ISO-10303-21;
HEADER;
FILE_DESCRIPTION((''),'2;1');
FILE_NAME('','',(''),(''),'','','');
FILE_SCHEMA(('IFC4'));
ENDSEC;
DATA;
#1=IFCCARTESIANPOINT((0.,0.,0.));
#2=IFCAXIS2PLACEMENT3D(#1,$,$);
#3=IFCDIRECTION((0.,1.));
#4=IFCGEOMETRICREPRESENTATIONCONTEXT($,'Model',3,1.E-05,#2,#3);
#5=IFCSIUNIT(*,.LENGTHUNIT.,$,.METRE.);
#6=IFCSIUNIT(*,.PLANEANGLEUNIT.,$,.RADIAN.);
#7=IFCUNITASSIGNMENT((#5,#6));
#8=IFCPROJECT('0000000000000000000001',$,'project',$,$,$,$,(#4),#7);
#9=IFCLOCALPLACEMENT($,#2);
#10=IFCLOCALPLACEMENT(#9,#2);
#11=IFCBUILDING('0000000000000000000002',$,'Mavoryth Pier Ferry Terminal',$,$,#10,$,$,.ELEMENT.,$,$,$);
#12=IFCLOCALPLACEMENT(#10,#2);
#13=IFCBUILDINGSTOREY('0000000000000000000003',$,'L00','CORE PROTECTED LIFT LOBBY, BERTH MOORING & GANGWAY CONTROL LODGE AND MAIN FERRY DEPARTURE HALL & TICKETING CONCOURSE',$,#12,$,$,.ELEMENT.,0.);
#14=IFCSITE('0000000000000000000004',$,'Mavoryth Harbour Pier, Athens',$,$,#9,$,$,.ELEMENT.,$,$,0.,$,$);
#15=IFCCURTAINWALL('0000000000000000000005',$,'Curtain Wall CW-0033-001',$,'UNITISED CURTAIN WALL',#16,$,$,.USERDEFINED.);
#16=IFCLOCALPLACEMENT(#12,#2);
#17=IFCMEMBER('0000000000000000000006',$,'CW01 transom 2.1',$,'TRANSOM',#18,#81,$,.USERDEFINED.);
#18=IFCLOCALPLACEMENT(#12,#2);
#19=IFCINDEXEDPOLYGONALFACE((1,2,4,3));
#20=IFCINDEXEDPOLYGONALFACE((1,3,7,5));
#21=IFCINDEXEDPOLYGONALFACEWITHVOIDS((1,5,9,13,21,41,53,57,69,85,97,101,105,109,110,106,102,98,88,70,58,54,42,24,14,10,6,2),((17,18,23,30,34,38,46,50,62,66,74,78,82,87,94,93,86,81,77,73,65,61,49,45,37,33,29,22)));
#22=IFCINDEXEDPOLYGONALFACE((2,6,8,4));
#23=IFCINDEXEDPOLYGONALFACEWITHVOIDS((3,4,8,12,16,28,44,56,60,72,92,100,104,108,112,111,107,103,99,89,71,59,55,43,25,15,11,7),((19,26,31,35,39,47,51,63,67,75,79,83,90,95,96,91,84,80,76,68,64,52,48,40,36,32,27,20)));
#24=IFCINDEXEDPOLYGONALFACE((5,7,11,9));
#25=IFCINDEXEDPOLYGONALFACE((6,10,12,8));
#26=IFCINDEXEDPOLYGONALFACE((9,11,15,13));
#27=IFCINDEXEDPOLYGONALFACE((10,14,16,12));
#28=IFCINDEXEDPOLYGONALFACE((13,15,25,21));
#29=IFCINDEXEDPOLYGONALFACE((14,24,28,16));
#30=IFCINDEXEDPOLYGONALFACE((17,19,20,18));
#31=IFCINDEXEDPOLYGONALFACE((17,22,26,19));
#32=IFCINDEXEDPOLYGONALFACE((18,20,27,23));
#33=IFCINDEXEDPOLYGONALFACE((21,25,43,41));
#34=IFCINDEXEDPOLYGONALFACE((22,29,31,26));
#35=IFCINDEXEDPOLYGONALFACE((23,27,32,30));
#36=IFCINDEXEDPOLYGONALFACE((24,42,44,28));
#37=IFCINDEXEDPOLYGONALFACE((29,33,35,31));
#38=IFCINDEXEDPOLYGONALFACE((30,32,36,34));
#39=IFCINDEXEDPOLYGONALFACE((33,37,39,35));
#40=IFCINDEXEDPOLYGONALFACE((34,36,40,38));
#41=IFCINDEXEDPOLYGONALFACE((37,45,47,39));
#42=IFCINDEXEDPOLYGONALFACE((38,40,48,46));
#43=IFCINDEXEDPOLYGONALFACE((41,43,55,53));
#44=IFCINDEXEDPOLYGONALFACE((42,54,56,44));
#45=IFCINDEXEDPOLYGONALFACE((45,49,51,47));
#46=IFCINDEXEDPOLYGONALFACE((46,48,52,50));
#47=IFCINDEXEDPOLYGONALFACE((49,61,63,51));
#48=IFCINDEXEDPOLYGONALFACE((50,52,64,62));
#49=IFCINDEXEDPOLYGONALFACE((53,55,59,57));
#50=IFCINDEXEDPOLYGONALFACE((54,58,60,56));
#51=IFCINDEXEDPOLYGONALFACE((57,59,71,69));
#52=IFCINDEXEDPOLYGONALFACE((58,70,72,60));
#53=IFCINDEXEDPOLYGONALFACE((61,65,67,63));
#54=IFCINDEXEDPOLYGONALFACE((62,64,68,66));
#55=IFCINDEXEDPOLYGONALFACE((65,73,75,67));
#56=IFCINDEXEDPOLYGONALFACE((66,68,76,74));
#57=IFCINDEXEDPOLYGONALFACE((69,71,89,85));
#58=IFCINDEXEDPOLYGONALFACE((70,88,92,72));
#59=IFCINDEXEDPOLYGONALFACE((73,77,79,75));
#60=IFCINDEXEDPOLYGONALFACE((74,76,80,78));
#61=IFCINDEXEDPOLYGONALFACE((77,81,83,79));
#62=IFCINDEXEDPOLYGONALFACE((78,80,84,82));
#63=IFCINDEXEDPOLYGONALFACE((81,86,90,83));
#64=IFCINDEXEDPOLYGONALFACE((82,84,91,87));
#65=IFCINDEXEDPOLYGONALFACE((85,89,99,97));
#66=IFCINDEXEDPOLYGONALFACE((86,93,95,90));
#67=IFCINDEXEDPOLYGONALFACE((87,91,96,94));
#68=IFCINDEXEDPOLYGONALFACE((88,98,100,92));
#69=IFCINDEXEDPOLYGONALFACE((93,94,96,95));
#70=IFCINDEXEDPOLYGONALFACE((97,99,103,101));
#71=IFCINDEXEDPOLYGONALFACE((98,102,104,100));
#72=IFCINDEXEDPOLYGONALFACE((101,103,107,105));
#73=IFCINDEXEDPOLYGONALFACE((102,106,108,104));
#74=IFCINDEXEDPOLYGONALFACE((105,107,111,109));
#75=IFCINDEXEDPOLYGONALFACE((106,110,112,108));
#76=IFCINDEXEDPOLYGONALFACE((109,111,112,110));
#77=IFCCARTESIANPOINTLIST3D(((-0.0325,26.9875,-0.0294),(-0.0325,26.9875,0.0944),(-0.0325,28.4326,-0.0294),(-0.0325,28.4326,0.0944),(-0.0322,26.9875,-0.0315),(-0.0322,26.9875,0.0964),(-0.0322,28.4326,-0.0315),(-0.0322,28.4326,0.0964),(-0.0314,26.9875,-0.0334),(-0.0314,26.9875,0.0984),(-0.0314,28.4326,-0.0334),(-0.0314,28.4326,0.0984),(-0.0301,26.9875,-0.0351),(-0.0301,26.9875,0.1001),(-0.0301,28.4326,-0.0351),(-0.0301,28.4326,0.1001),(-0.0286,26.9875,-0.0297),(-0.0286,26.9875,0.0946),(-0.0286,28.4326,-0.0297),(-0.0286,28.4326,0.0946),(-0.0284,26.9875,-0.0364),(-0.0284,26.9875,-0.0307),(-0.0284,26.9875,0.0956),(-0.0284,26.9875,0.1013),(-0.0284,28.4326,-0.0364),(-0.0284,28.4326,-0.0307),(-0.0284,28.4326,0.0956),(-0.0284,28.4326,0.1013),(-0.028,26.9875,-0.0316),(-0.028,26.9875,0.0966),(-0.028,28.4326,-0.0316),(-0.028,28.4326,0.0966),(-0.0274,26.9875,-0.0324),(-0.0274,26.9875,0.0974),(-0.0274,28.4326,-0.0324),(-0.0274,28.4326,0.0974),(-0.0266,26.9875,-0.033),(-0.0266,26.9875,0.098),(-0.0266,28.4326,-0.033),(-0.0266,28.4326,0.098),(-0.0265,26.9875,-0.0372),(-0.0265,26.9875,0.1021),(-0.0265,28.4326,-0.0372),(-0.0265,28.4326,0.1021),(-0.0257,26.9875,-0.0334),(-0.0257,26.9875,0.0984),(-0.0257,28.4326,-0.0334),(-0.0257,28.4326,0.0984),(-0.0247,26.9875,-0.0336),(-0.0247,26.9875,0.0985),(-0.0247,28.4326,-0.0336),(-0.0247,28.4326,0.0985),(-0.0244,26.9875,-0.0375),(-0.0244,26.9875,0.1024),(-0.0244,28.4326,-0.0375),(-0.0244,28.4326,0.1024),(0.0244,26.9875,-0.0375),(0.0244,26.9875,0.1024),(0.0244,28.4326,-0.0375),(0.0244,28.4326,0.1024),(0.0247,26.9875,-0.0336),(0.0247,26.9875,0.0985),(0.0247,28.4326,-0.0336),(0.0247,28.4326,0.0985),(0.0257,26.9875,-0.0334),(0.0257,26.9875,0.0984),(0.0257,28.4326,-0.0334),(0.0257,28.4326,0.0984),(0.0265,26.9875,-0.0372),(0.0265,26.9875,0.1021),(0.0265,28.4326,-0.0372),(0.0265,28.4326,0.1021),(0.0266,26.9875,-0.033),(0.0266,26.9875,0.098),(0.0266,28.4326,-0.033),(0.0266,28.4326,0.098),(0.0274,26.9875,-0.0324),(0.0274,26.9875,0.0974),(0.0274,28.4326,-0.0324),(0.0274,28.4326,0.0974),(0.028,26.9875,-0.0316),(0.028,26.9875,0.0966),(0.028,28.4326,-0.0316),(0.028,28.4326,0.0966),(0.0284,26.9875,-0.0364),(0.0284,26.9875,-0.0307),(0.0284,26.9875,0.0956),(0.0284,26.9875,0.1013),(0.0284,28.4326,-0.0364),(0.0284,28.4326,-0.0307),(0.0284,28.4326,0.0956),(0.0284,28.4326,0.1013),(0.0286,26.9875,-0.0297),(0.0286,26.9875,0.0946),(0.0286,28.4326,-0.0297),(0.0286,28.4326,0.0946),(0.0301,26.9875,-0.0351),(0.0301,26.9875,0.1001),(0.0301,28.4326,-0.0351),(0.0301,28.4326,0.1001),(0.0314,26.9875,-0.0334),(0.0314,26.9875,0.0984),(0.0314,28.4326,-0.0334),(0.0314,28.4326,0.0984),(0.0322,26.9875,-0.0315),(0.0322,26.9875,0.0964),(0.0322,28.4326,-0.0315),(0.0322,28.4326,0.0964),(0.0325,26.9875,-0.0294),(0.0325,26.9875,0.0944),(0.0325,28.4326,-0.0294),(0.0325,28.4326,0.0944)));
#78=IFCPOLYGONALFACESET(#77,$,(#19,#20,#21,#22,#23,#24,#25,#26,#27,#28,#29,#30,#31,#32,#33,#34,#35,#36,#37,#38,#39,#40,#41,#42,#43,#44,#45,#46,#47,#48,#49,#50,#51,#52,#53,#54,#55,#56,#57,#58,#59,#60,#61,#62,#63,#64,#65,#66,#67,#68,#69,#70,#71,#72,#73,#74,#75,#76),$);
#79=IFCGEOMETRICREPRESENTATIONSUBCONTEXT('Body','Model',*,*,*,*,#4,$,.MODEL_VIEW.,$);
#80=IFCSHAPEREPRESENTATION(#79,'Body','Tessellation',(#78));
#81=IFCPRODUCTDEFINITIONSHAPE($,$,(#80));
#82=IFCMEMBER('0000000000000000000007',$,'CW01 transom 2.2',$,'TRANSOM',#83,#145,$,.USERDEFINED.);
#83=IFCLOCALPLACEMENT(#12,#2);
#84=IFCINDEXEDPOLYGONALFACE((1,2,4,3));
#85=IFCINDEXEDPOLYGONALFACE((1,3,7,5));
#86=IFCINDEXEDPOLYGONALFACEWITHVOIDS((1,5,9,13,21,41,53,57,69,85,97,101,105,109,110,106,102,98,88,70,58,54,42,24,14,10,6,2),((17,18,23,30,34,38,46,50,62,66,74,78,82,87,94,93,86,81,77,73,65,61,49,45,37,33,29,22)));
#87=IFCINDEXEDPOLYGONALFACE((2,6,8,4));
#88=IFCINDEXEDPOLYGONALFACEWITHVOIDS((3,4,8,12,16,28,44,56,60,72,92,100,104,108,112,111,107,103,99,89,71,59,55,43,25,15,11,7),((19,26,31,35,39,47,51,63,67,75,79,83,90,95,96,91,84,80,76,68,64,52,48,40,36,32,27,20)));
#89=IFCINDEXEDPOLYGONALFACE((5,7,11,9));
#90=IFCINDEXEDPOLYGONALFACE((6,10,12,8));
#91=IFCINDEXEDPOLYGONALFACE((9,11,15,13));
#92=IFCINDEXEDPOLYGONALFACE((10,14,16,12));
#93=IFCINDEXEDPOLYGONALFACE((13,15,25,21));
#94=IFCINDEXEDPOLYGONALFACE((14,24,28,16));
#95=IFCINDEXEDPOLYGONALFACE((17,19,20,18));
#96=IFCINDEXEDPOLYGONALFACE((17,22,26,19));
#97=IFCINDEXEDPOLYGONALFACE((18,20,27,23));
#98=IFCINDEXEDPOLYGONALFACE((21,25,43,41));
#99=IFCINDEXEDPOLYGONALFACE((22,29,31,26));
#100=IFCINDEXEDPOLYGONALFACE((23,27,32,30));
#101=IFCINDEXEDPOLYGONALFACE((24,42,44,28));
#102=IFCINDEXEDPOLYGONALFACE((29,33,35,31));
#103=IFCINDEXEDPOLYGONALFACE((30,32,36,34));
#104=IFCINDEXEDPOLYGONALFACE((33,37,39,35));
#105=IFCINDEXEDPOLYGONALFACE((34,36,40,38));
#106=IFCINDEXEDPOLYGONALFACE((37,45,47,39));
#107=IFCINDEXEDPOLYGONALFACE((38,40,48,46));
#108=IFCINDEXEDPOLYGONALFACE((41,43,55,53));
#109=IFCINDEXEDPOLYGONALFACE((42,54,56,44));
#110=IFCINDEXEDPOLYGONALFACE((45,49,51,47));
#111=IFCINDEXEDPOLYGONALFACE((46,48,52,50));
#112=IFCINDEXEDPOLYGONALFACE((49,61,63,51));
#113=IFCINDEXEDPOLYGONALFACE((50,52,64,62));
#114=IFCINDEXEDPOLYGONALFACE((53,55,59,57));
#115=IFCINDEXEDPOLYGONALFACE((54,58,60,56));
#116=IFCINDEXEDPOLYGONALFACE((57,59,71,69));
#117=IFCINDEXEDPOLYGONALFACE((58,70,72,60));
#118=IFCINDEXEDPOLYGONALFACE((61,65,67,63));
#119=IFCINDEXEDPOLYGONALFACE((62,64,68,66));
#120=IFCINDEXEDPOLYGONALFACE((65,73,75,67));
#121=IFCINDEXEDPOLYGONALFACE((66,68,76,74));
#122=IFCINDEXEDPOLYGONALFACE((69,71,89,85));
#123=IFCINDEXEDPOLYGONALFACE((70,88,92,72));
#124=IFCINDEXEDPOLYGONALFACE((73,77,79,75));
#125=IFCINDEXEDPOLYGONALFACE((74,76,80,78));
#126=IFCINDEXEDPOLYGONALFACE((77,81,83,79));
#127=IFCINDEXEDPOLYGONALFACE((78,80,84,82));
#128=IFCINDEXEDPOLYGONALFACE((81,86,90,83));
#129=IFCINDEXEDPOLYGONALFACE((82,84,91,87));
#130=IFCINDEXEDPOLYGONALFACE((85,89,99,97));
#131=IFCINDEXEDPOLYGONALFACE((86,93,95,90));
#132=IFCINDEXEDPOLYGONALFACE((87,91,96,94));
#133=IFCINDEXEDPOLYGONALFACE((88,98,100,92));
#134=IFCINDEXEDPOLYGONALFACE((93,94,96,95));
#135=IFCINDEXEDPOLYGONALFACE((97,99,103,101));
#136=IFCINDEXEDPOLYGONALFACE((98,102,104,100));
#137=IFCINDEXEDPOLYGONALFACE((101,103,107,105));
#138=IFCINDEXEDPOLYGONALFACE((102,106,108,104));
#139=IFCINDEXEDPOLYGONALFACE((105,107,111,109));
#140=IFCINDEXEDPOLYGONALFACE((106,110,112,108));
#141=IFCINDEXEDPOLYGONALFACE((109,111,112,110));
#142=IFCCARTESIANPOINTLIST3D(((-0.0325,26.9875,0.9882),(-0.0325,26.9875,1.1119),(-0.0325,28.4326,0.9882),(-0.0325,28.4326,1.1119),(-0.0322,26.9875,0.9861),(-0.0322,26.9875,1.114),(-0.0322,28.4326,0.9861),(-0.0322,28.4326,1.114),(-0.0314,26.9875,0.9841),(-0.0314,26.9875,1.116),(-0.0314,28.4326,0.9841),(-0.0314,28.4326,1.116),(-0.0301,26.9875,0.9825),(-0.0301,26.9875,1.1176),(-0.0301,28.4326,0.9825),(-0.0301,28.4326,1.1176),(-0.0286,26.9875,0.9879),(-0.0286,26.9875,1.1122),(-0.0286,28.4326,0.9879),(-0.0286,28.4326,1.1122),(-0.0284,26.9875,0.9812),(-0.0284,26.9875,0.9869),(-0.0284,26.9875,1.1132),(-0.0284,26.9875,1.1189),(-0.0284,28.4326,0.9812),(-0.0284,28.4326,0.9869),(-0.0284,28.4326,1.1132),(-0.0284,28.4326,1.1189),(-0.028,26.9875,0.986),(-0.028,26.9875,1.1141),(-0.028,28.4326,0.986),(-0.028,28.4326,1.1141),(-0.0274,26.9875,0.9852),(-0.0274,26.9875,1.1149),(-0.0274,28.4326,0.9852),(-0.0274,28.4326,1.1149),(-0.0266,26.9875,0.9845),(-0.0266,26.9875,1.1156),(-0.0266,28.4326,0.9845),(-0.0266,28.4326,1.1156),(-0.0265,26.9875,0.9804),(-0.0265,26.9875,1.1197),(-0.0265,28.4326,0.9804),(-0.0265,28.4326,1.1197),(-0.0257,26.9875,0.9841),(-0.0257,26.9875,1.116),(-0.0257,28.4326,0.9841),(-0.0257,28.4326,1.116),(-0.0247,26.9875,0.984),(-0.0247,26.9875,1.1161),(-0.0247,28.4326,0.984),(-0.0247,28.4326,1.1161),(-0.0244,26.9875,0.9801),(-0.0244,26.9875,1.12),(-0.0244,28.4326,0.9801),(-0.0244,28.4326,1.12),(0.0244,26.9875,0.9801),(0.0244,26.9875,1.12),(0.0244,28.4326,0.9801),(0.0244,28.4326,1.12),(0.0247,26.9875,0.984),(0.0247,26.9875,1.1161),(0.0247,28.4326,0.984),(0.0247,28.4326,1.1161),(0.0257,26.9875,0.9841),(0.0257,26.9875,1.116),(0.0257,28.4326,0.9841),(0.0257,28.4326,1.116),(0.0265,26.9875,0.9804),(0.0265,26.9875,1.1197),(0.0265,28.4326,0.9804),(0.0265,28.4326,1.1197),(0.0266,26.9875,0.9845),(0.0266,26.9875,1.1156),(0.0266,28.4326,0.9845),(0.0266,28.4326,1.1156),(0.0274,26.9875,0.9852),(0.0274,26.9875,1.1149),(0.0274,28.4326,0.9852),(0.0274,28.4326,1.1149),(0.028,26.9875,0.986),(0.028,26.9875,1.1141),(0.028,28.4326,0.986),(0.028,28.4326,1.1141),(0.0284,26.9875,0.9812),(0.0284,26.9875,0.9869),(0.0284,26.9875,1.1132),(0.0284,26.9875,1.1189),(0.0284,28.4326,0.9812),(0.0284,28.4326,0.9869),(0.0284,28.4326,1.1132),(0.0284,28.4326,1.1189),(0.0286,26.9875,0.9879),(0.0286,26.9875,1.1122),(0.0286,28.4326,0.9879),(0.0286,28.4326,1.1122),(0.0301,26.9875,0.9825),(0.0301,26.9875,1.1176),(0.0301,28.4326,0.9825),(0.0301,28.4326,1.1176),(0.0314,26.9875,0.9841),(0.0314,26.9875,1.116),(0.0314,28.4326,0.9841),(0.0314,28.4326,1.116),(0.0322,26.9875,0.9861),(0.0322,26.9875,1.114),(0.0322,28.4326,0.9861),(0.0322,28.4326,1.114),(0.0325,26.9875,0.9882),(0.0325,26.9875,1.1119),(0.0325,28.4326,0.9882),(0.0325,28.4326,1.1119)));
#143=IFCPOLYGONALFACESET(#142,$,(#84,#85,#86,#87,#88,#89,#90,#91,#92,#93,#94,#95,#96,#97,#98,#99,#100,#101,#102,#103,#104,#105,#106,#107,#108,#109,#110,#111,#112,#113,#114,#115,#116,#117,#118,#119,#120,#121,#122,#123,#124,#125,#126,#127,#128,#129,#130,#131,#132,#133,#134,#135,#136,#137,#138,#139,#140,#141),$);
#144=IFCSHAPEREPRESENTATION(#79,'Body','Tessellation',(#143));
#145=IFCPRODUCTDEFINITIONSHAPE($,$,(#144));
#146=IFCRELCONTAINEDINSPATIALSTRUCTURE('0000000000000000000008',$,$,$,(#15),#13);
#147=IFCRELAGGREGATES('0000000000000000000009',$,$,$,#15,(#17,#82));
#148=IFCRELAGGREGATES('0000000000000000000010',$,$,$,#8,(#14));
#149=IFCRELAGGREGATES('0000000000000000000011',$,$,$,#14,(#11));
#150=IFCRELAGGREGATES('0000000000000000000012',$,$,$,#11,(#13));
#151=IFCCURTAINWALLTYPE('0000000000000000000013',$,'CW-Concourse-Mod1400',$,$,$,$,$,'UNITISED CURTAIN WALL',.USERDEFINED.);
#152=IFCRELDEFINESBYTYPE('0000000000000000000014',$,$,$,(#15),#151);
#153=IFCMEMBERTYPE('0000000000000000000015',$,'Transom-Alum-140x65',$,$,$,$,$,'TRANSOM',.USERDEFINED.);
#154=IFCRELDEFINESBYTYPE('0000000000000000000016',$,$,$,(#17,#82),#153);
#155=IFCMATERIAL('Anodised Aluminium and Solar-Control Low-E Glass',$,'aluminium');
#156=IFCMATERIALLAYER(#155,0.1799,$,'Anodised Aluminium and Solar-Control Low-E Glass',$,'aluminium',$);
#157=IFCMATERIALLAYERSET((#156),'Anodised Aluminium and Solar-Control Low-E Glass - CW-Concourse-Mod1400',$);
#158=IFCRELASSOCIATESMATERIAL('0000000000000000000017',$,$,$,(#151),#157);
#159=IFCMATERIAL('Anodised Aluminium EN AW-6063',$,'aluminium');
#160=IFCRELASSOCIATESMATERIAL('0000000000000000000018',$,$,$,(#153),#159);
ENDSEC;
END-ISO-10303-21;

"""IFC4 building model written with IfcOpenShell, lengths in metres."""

from ifc_helpers import new_model, si_unit, direction, frame, origin, origin_2d, place, context, subcontext, project, spatial, hollow_rectangle, extrude, material, layer, layer_set, material_profile, profile_set, type_object, element, aggregate, save


model = new_model("IFC4")

# Units and contexts
model_context = context("Model", 3, precision=1e-05, world=origin(), true_north=direction((0.0, 1.0)))
body_context = subcontext(model_context, "Body", "Model", "MODEL_VIEW")
ifc_project = project(units=[si_unit("LENGTHUNIT", "METRE"), si_unit("PLANEANGLEUNIT", "RADIAN")], contexts=[model_context])

# Site, building, storey
site_placement = place(None, origin())
site = spatial("IfcSite", under=ifc_project, at=site_placement, Name="Mavoryth Harbour Pier, Athens", CompositionType="ELEMENT", RefElevation=0.0)
building_placement = place(site_placement, origin())
building = spatial("IfcBuilding", under=site, at=building_placement, Name="Mavoryth Pier Ferry Terminal", CompositionType="ELEMENT")
storey_placement = place(building_placement, origin())
storey = spatial("IfcBuildingStorey", under=building, at=storey_placement, Name="L00", Description="CORE PROTECTED LIFT LOBBY, BERTH MOORING & GANGWAY CONTROL LODGE AND MAIN FERRY DEPARTURE HALL & TICKETING CONCOURSE", CompositionType="ELEMENT", Elevation=0.0)

# Curtain wall, members
ifc_material_1 = material(Name="Anodised Aluminium and Solar-Control Low-E Glass", Category="aluminium")
ifc_layer_1 = layer(ifc_material_1, 0.1799, Name="Anodised Aluminium and Solar-Control Low-E Glass", Category="aluminium")
ifc_layer_set_1 = layer_set([ifc_layer_1], Name="Anodised Aluminium and Solar-Control Low-E Glass - CW-Concourse-Mod1400")
curtain_wall_type = type_object("IfcCurtainWallType", Name="CW-Concourse-Mod1400", ElementType="UNITISED CURTAIN WALL", PredefinedType="USERDEFINED", material=ifc_layer_set_1)
curtain_wall_placement = place(storey_placement, origin())
curtain_wall = element("IfcCurtainWall", 1, at=curtain_wall_placement, inside=storey, type_object=curtain_wall_type, Name="Curtain Wall CW-0033-001", ObjectType="UNITISED CURTAIN WALL", PredefinedType="USERDEFINED")
ifc_material_2 = material(Name="Anodised Aluminium EN AW-6063", Category="aluminium")
ifc_material_profile_1 = material_profile(ifc_material_2, hollow_rectangle(XDim=0.0649, YDim=0.1399, WallThickness=0.0039, InnerFilletRadius=0.0039, OuterFilletRadius=0.0081, at=origin_2d()), Name="AL-TRAN 140x65x4", Category="aluminium")
ifc_profile_set_1 = profile_set([ifc_material_profile_1], Name="Anodised Aluminium EN AW-6063 - AL-TRAN 140x65x4")
member_type_1 = type_object("IfcMemberType", Name="Transom-Alum-140x65", ElementType="TRANSOM", PredefinedType="USERDEFINED", material=ifc_profile_set_1)
member_1_placement = place(storey_placement, frame((0.0, 28.4326, 0.0325), z_axis=(0.0, -1.0, 0.0), x_axis=(1.0, 0.0, 0.0)))
member_1 = element("IfcMember", 2, at=member_1_placement, type_object=member_type_1, Name="CW01 transom 2.1", ObjectType="TRANSOM", PredefinedType="USERDEFINED", context=body_context, shape_type="SweptSolid", body=[
    extrude(hollow_rectangle(XDim=0.0649, YDim=0.1399, WallThickness=0.0039, InnerFilletRadius=0.0039, OuterFilletRadius=0.0081, at=origin_2d()), origin(), (0.0, 0.0, 1.0), 1.4451),
])
member_2_placement = place(storey_placement, frame((0.0, 28.4326, 1.05), z_axis=(0.0, -1.0, 0.0), x_axis=(1.0, 0.0, 0.0)))
member_2 = element("IfcMember", 3, at=member_2_placement, type_object=member_type_1, Name="CW01 transom 2.2", ObjectType="TRANSOM", PredefinedType="USERDEFINED", context=body_context, shape_type="SweptSolid", body=[
    extrude(hollow_rectangle(XDim=0.0649, YDim=0.1399, WallThickness=0.0039, InnerFilletRadius=0.0039, OuterFilletRadius=0.0081, at=origin_2d()), origin(), (0.0, 0.0, 1.0), 1.4451),
])
aggregate(curtain_wall, [member_1, member_2])

save(model, "model.ifc")
